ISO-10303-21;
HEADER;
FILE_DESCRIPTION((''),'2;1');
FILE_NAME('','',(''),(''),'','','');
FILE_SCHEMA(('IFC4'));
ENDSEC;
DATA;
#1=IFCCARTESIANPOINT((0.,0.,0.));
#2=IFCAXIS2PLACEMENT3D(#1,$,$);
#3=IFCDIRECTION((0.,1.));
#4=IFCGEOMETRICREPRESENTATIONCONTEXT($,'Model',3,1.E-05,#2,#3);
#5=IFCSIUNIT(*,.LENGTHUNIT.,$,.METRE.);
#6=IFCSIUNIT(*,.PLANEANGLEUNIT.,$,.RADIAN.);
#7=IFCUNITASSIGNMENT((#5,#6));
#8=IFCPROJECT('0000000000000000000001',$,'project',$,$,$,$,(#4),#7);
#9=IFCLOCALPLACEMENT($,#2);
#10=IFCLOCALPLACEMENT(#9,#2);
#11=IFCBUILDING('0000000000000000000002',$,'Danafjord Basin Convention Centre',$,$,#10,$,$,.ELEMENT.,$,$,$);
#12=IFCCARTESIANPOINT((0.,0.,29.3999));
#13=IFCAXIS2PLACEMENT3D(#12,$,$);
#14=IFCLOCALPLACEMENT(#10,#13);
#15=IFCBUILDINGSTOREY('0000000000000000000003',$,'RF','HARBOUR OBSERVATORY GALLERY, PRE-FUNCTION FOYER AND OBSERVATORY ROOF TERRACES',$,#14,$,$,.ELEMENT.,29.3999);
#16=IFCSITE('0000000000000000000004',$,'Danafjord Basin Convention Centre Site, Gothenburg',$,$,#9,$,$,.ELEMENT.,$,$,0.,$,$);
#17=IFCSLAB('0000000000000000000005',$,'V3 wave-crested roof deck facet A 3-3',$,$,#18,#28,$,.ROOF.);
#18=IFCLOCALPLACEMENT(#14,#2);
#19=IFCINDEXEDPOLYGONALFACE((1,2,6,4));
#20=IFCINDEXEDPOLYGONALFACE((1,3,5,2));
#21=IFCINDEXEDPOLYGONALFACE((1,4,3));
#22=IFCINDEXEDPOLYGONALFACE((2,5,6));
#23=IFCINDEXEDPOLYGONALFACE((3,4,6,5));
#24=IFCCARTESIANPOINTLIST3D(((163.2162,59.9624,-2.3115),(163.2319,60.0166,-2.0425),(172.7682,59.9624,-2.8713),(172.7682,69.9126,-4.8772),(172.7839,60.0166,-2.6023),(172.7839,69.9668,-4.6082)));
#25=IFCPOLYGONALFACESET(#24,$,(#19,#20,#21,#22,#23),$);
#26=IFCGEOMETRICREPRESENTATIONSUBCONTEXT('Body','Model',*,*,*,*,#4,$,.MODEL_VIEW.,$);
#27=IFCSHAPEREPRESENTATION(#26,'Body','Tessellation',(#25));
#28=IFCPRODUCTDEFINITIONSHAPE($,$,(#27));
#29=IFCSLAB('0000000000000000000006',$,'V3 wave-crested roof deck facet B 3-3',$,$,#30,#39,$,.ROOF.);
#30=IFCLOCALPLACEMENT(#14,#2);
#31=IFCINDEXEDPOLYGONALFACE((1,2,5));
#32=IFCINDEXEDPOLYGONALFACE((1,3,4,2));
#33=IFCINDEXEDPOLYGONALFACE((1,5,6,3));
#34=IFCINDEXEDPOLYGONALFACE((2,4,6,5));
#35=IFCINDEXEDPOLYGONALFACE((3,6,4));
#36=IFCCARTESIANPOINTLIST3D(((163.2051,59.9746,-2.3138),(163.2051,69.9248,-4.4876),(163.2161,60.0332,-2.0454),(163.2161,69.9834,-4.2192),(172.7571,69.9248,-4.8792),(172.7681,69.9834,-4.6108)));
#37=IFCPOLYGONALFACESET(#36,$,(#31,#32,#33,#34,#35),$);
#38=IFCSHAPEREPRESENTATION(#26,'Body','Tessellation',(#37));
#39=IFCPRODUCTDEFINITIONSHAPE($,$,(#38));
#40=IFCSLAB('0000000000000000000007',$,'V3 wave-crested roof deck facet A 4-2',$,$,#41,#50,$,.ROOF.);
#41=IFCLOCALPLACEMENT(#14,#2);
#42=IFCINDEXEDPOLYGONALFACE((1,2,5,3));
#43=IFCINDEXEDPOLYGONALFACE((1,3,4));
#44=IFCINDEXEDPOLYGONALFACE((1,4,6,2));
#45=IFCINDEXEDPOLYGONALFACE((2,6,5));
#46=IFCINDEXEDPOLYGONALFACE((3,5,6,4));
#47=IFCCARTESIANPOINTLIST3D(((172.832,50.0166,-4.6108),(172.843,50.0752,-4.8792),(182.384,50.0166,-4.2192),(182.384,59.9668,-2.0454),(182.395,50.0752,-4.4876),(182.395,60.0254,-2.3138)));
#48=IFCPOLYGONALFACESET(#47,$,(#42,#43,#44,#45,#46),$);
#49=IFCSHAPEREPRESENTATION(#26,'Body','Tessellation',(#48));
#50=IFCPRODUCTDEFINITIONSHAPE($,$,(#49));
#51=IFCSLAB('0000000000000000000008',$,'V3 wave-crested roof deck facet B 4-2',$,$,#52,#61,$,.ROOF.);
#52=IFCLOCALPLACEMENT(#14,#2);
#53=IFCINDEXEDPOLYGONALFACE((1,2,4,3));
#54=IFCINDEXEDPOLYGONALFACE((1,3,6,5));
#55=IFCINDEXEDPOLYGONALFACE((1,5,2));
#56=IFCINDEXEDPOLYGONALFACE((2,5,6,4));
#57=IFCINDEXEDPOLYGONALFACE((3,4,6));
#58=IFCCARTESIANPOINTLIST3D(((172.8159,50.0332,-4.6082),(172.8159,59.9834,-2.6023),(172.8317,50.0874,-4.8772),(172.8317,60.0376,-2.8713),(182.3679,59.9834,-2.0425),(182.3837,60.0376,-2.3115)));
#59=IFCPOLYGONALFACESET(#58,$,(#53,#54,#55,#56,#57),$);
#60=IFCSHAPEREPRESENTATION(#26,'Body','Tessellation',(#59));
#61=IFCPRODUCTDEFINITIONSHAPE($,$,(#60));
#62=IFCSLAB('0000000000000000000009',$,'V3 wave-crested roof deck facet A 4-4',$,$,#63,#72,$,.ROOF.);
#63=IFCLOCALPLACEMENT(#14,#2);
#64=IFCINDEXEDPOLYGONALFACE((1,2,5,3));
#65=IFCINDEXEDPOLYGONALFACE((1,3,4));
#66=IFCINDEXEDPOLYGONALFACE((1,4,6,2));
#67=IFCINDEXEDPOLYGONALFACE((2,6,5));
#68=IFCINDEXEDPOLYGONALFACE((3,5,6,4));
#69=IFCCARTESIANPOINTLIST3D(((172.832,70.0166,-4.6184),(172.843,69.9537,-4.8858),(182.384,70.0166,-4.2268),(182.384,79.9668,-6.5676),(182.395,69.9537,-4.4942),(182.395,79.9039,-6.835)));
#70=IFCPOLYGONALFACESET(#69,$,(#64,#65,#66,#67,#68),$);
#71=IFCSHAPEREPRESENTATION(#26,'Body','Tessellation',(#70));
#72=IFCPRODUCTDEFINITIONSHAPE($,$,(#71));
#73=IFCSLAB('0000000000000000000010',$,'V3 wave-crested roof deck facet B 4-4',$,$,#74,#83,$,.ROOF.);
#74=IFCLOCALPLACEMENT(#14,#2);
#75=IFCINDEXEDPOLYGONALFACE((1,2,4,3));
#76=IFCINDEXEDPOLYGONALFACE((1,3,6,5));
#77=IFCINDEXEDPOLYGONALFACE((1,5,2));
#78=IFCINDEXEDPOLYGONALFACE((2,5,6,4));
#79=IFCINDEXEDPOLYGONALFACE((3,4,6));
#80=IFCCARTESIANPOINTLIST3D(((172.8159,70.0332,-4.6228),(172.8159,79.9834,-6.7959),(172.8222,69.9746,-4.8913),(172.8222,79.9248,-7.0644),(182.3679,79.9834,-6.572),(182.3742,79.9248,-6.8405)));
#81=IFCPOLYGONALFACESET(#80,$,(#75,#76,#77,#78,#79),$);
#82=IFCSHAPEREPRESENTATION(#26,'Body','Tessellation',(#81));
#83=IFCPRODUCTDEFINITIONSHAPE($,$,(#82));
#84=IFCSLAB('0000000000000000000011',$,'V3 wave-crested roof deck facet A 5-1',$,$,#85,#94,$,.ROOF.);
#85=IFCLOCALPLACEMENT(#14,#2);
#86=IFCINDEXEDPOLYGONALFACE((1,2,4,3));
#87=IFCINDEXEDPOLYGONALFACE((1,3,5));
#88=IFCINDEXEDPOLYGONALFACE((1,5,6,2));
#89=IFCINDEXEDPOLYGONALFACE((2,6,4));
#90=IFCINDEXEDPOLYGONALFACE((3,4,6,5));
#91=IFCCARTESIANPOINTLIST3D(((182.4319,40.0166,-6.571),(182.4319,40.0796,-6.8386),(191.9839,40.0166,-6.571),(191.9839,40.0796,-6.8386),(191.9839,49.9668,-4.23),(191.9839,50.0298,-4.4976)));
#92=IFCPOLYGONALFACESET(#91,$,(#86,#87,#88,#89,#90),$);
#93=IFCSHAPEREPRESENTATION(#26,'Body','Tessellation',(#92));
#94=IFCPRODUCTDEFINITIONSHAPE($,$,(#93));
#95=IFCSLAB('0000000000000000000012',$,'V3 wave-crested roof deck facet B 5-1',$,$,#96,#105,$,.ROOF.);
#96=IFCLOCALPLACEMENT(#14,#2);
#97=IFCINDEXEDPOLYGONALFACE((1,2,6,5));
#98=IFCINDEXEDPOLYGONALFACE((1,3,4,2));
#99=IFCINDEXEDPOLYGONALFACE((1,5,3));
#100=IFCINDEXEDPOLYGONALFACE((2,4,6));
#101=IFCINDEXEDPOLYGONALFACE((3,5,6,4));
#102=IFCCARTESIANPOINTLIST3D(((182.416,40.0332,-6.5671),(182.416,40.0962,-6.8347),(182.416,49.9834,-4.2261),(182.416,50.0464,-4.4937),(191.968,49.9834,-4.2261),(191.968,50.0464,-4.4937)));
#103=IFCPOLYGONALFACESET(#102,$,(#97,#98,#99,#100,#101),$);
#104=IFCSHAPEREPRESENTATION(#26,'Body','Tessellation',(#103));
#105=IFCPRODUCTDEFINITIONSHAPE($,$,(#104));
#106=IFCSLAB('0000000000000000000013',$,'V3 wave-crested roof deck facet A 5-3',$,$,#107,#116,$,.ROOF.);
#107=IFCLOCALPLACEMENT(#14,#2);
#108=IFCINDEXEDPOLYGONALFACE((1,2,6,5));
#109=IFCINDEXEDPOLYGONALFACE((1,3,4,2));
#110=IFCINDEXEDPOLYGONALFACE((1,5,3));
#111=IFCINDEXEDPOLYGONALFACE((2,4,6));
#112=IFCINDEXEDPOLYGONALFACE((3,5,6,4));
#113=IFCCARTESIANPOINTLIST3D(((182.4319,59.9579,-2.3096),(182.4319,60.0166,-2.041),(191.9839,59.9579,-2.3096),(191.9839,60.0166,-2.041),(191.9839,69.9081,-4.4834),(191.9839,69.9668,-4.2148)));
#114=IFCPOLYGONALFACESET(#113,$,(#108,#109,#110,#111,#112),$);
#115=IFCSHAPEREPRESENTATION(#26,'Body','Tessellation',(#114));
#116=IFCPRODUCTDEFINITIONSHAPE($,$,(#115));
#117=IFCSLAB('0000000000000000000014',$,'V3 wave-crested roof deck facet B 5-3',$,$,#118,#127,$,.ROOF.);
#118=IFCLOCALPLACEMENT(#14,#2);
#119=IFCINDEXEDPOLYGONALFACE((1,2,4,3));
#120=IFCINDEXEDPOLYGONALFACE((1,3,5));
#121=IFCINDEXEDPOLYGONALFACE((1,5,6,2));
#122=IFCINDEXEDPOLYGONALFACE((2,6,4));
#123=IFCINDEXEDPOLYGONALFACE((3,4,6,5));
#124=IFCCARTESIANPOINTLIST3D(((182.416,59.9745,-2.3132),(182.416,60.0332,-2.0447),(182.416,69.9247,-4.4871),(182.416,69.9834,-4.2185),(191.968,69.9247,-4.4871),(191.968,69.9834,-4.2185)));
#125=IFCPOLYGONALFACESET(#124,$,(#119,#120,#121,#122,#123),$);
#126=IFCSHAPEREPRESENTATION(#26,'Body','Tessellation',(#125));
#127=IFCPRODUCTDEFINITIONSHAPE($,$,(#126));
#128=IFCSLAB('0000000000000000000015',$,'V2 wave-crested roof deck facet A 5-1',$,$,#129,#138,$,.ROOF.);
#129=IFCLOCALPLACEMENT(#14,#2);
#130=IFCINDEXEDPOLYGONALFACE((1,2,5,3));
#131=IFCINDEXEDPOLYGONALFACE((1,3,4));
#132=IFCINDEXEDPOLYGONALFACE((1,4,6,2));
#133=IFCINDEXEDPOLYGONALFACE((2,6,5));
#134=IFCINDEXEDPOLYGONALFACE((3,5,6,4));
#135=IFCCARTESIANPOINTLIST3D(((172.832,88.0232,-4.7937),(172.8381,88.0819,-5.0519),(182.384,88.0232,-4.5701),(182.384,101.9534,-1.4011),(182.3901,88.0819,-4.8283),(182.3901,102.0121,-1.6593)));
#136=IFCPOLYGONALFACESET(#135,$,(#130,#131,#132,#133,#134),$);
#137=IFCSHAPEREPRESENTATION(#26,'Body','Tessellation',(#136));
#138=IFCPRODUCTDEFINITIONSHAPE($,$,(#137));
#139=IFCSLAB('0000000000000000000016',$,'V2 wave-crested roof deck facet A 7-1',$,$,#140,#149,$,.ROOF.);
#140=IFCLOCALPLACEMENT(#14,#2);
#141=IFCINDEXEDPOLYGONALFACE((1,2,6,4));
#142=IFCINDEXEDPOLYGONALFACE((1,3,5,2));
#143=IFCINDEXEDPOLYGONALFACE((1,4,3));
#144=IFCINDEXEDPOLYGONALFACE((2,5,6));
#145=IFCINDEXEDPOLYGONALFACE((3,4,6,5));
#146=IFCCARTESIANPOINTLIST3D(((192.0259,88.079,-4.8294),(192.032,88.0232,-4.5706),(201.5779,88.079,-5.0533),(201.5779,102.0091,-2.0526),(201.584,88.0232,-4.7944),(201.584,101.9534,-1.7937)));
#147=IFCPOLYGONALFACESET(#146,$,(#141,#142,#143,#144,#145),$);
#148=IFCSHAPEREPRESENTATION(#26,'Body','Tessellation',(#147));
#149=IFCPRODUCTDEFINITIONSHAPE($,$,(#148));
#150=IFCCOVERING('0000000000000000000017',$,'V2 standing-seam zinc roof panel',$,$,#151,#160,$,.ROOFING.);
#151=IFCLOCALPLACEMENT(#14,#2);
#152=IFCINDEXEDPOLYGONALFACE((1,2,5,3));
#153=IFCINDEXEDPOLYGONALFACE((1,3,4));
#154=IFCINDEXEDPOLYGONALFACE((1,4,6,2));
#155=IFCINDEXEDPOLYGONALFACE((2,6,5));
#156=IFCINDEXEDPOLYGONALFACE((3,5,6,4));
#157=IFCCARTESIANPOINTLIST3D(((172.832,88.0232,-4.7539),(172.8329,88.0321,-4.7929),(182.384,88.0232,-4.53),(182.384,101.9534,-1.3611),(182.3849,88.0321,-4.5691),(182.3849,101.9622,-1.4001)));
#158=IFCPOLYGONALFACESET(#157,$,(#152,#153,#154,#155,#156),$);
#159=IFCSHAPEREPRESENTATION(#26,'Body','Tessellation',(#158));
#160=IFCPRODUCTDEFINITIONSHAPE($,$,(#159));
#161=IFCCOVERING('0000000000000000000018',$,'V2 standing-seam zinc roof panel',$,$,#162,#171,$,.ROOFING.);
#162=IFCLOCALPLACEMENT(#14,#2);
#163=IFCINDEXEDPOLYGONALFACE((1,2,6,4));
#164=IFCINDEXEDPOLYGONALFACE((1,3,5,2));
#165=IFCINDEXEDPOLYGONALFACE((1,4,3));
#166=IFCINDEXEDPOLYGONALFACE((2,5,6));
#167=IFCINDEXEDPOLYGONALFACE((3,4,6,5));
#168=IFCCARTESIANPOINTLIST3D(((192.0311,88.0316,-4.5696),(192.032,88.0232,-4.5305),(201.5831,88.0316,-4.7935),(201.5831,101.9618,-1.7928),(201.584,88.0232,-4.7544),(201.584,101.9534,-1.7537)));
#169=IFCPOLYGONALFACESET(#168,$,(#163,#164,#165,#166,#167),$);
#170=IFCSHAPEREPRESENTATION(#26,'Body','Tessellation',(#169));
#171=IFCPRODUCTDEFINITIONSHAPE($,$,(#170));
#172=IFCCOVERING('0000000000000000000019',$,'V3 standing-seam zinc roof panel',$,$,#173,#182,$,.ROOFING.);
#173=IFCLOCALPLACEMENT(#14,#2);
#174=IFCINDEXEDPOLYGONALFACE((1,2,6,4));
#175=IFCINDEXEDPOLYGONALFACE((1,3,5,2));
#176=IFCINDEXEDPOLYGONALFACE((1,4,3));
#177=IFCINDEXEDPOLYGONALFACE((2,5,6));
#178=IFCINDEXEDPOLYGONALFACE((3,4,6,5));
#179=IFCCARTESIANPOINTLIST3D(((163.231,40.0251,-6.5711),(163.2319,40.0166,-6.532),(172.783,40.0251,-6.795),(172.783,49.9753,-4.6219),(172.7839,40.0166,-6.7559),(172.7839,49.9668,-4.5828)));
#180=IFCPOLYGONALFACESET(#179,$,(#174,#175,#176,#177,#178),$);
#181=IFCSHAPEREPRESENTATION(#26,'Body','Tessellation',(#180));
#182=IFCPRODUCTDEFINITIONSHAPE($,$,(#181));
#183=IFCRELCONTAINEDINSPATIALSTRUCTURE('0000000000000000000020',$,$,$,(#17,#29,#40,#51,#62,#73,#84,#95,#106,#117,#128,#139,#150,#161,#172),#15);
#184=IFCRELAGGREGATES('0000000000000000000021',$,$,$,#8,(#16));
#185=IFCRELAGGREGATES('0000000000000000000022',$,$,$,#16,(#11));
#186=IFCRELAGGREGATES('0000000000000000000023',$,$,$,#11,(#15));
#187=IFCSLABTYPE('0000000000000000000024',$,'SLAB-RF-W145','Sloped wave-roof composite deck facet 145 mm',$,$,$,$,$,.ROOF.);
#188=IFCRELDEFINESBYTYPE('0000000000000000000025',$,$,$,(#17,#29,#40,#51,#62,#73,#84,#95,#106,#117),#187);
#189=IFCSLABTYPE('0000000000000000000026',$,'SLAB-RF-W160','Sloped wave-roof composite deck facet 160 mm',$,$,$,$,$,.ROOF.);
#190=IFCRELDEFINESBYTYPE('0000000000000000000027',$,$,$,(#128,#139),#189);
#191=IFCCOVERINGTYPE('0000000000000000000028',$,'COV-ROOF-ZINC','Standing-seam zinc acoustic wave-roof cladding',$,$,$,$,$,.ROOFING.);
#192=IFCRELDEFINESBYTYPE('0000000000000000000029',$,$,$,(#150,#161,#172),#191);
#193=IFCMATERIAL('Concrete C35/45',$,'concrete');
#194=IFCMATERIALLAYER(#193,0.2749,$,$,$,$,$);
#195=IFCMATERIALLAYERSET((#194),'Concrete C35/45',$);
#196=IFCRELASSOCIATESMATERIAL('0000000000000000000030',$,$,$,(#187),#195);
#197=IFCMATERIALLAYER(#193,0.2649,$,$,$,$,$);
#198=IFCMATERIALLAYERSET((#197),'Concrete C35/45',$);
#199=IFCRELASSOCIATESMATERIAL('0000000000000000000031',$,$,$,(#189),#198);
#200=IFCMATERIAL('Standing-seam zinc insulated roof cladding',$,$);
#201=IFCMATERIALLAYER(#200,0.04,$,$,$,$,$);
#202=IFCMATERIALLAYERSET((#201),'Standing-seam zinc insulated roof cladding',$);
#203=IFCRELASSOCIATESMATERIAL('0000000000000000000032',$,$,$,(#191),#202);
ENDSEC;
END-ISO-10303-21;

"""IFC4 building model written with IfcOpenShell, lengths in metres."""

from ifc_helpers import new_model, si_unit, direction, frame, origin, place, context, subcontext, project, spatial, polyline, outline, extrude, material, layer, layer_set, type_object, element, save


model = new_model("IFC4")

# Units and contexts
model_context = context("Model", 3, precision=1e-05, world=origin(), true_north=direction((0.0, 1.0)))
body_context = subcontext(model_context, "Body", "Model", "MODEL_VIEW")
ifc_project = project(units=[si_unit("LENGTHUNIT", "METRE"), si_unit("PLANEANGLEUNIT", "RADIAN")], contexts=[model_context])

# Site, building, storey
site_placement = place(None, origin())
site = spatial("IfcSite", under=ifc_project, at=site_placement, Name="Danafjord Basin Convention Centre Site, Gothenburg", CompositionType="ELEMENT", RefElevation=0.0)
building_placement = place(site_placement, origin())
building = spatial("IfcBuilding", under=site, at=building_placement, Name="Danafjord Basin Convention Centre", CompositionType="ELEMENT")
storey_placement = place(building_placement, frame((0.0, 0.0, 29.3999)))
storey = spatial("IfcBuildingStorey", under=building, at=storey_placement, Name="RF", Description="HARBOUR OBSERVATORY GALLERY, PRE-FUNCTION FOYER AND OBSERVATORY ROOF TERRACES", CompositionType="ELEMENT", Elevation=29.3999)

# Slabs
ifc_material_1 = material(Name="Concrete C35/45", Category="concrete")
ifc_layer_1 = layer(ifc_material_1, 0.2749)
ifc_layer_set_1 = layer_set([ifc_layer_1], Name="Concrete C35/45")
slab_type_1 = type_object("IfcSlabType", Name="SLAB-RF-W145", Description="Sloped wave-roof composite deck facet 145 mm", PredefinedType="ROOF", material=ifc_layer_set_1)
slab_1_placement = place(storey_placement, frame((163.2319, 60.0166, -2.0425), z_axis=(0.057357, 0.197289, 0.978666), x_axis=(0.998287, 0.0, -0.058507)))
element("IfcSlab", 1, at=slab_1_placement, inside=storey, type_object=slab_type_1, Name="V3 wave-crested roof deck facet A 3-3", PredefinedType="ROOF", context=body_context, shape_type="SweptSolid", body=[
    extrude(outline(polyline([(0.0, 0.0), (9.5684, 0.0), (9.6857, 10.1497), (0.0, 0.0)])), origin(), (0.0, 0.0, -1.0), 0.2749),
])
slab_2_placement = place(storey_placement, frame((163.2161, 60.0332, -2.0454), z_axis=(0.04002, 0.213266, 0.976174), x_axis=(0.680848, 0.709231, -0.182859)))
element("IfcSlab", 2, at=slab_2_placement, inside=storey, type_object=slab_type_1, Name="V3 wave-crested roof deck facet B 3-3", PredefinedType="ROOF", context=body_context, shape_type="SweptSolid", body=[
    extrude(outline(polyline([(0.0, 0.0), (14.0296, 0.0), (7.4545, 6.9399), (0.0, 0.0)])), origin(), (0.0, 0.0, -1.0), 0.2749),
])
slab_3_placement = place(storey_placement, frame((172.832, 50.0166, -4.6108), z_axis=(-0.04002, -0.213266, 0.976174), x_axis=(0.999161, 0.0, 0.040962)))
element("IfcSlab", 3, at=slab_3_placement, inside=storey, type_object=slab_type_1, Name="V3 wave-crested roof deck facet A 4-2", PredefinedType="ROOF", context=body_context, shape_type="SweptSolid", body=[
    extrude(outline(polyline([(0.0, 0.0), (9.56, 0.0), (9.6491, 10.1845), (0.0, 0.0)])), origin(), (0.0, 0.0, -1.0), 0.2749),
])
slab_4_placement = place(storey_placement, frame((172.8159, 50.0332, -4.6082), z_axis=(-0.057357, -0.197289, 0.978666), x_axis=(0.680846, 0.709228, 0.182876)))
element("IfcSlab", 4, at=slab_4_placement, inside=storey, type_object=slab_type_1, Name="V3 wave-crested roof deck facet B 4-2", PredefinedType="ROOF", context=body_context, shape_type="SweptSolid", body=[
    extrude(outline(polyline([(0.0, 0.0), (14.0296, 0.0), (7.4238, 6.9222), (0.0, 0.0)])), origin(), (0.0, 0.0, -1.0), 0.2749),
])
slab_5_placement = place(storey_placement, frame((172.832, 70.0166, -4.6184), z_axis=(-0.039876, 0.22882, 0.972652), x_axis=(0.999161, 0.0, 0.040962)))
element("IfcSlab", 5, at=slab_5_placement, inside=storey, type_object=slab_type_1, Name="V3 wave-crested roof deck facet A 4-4", PredefinedType="ROOF", context=body_context, shape_type="SweptSolid", body=[
    extrude(outline(polyline([(0.0, 0.0), (9.56, 0.0), (9.4641, 10.2214), (0.0, 0.0)])), origin(), (0.0, 0.0, -1.0), 0.2749),
])
slab_6_placement = place(storey_placement, frame((172.8159, 70.0332, -4.6228), z_axis=(-0.022892, 0.213312, 0.976716), x_axis=(0.685711, 0.714297, -0.139929)))
element("IfcSlab", 6, at=slab_6_placement, inside=storey, type_object=slab_type_1, Name="V3 wave-crested roof deck facet B 4-4", PredefinedType="ROOF", context=body_context, shape_type="SweptSolid", body=[
    extrude(outline(polyline([(0.0, 0.0), (13.9301, 0.0), (7.4115, 6.9856), (0.0, 0.0)])), origin(), (0.0, 0.0, -1.0), 0.2749),
])
slab_7_placement = place(storey_placement, frame((182.4319, 40.0166, -6.571), z_axis=(0.0, -0.229025, 0.973421), x_axis=(1.0, 0.0, 0.0)))
element("IfcSlab", 7, at=slab_7_placement, inside=storey, type_object=slab_type_1, Name="V3 wave-crested roof deck facet A 5-1", PredefinedType="ROOF", context=body_context, shape_type="SweptSolid", body=[
    extrude(outline(polyline([(0.0, 0.0), (9.552, 0.0), (9.552, 10.2219), (0.0, 0.0)])), origin(), (0.0, 0.0, -1.0), 0.2749),
])
slab_8_placement = place(storey_placement, frame((182.416, 40.0332, -6.5671), z_axis=(0.0, -0.229025, 0.973421), x_axis=(0.68276, 0.711222, 0.167335)))
element("IfcSlab", 8, at=slab_8_placement, inside=storey, type_object=slab_type_1, Name="V3 wave-crested roof deck facet B 5-1", PredefinedType="ROOF", context=body_context, shape_type="SweptSolid", body=[
    extrude(outline(polyline([(0.0, 0.0), (13.9903, 0.0), (7.4685, 6.9791), (0.0, 0.0)])), origin(), (0.0, 0.0, -1.0), 0.2749),
])
slab_9_placement = place(storey_placement, frame((182.4319, 60.0166, -2.041), z_axis=(0.0, 0.213437, 0.976957), x_axis=(1.0, 0.0, 0.0)))
element("IfcSlab", 9, at=slab_9_placement, inside=storey, type_object=slab_type_1, Name="V3 wave-crested roof deck facet A 5-3", PredefinedType="ROOF", context=body_context, shape_type="SweptSolid", body=[
    extrude(outline(polyline([(0.0, 0.0), (9.552, 0.0), (9.552, 10.1849), (0.0, 0.0)])), origin(), (0.0, 0.0, -1.0), 0.2749),
])
slab_10_placement = place(storey_placement, frame((182.416, 60.0332, -2.0447), z_axis=(0.0, 0.213437, 0.976957), x_axis=(0.684081, 0.712598, -0.155682)))
element("IfcSlab", 10, at=slab_10_placement, inside=storey, type_object=slab_type_1, Name="V3 wave-crested roof deck facet B 5-3", PredefinedType="ROOF", context=body_context, shape_type="SweptSolid", body=[
    extrude(outline(polyline([(0.0, 0.0), (13.9633, 0.0), (7.4289, 6.9673), (0.0, 0.0)])), origin(), (0.0, 0.0, -1.0), 0.2749),
])
ifc_layer_2 = layer(ifc_material_1, 0.2649)
ifc_layer_set_2 = layer_set([ifc_layer_2], Name="Concrete C35/45")
slab_type_2 = type_object("IfcSlabType", Name="SLAB-RF-W160", Description="Sloped wave-roof composite deck facet 160 mm", PredefinedType="ROOF", material=ifc_layer_set_2)
slab_11_placement = place(storey_placement, frame((172.832, 88.0232, -4.7937), z_axis=(-0.022823, -0.221763, 0.974834), x_axis=(0.999726, 0.0, 0.023406)))
element("IfcSlab", 11, at=slab_11_placement, inside=storey, type_object=slab_type_2, Name="V2 wave-crested roof deck facet A 5-1", PredefinedType="ROOF", context=body_context, shape_type="SweptSolid", body=[
    extrude(outline(polyline([(0.0, 0.0), (9.5546, 0.0), (9.6288, 14.2859), (0.0, 0.0)])), origin(), (0.0, 0.0, -1.0), 0.2649),
])
slab_12_placement = place(storey_placement, frame((192.032, 88.0232, -4.5706), z_axis=(0.022906, -0.210527, 0.97732), x_axis=(0.999725, 0.0, -0.023431)))
element("IfcSlab", 12, at=slab_12_placement, inside=storey, type_object=slab_type_2, Name="V2 wave-crested roof deck facet A 7-1", PredefinedType="ROOF", context=body_context, shape_type="SweptSolid", body=[
    extrude(outline(polyline([(0.0, 0.0), (9.5546, 0.0), (9.4843, 14.2495), (0.0, 0.0)])), origin(), (0.0, 0.0, -1.0), 0.2649),
])

# Coverings
ifc_material_2 = material(Name="Standing-seam zinc insulated roof cladding")
ifc_layer_3 = layer(ifc_material_2, 0.04)
ifc_layer_set_3 = layer_set([ifc_layer_3], Name="Standing-seam zinc insulated roof cladding")
covering_type = type_object("IfcCoveringType", Name="COV-ROOF-ZINC", Description="Standing-seam zinc acoustic wave-roof cladding", PredefinedType="ROOFING", material=ifc_layer_set_3)
covering_1_placement = place(storey_placement, frame((172.832, 88.0232, -4.7539), z_axis=(-0.022848, -0.221763, 0.974833), x_axis=(0.999725, 0.0, 0.023431)))
element("IfcCovering", 13, at=covering_1_placement, inside=storey, type_object=covering_type, Name="V2 standing-seam zinc roof panel", PredefinedType="ROOFING", context=body_context, shape_type="SweptSolid", body=[
    extrude(outline(polyline([(0.0, 0.0), (9.5546, 0.0), (9.6289, 14.2859), (0.0, 0.0)])), origin(), (0.0, 0.0, -1.0), 0.04),
])
covering_2_placement = place(storey_placement, frame((192.032, 88.0232, -4.5305), z_axis=(0.022906, -0.210527, 0.97732), x_axis=(0.999725, 0.0, -0.023431)))
element("IfcCovering", 14, at=covering_2_placement, inside=storey, type_object=covering_type, Name="V2 standing-seam zinc roof panel", PredefinedType="ROOFING", context=body_context, shape_type="SweptSolid", body=[
    extrude(outline(polyline([(0.0, 0.0), (9.5546, 0.0), (9.4843, 14.2495), (0.0, 0.0)])), origin(), (0.0, 0.0, -1.0), 0.04),
])
covering_3_placement = place(storey_placement, frame((163.2319, 40.0166, -6.532), z_axis=(0.022892, -0.213312, 0.976716), x_axis=(0.999725, 0.0, -0.023431)))
element("IfcCovering", 15, at=covering_3_placement, inside=storey, type_object=covering_type, Name="V3 standing-seam zinc roof panel", PredefinedType="ROOFING", context=body_context, shape_type="SweptSolid", body=[
    extrude(outline(polyline([(0.0, 0.0), (9.5546, 0.0), (9.5037, 10.1846), (0.0, 0.0)])), origin(), (0.0, 0.0, -1.0), 0.04),
])

save(model, "model.ifc")
